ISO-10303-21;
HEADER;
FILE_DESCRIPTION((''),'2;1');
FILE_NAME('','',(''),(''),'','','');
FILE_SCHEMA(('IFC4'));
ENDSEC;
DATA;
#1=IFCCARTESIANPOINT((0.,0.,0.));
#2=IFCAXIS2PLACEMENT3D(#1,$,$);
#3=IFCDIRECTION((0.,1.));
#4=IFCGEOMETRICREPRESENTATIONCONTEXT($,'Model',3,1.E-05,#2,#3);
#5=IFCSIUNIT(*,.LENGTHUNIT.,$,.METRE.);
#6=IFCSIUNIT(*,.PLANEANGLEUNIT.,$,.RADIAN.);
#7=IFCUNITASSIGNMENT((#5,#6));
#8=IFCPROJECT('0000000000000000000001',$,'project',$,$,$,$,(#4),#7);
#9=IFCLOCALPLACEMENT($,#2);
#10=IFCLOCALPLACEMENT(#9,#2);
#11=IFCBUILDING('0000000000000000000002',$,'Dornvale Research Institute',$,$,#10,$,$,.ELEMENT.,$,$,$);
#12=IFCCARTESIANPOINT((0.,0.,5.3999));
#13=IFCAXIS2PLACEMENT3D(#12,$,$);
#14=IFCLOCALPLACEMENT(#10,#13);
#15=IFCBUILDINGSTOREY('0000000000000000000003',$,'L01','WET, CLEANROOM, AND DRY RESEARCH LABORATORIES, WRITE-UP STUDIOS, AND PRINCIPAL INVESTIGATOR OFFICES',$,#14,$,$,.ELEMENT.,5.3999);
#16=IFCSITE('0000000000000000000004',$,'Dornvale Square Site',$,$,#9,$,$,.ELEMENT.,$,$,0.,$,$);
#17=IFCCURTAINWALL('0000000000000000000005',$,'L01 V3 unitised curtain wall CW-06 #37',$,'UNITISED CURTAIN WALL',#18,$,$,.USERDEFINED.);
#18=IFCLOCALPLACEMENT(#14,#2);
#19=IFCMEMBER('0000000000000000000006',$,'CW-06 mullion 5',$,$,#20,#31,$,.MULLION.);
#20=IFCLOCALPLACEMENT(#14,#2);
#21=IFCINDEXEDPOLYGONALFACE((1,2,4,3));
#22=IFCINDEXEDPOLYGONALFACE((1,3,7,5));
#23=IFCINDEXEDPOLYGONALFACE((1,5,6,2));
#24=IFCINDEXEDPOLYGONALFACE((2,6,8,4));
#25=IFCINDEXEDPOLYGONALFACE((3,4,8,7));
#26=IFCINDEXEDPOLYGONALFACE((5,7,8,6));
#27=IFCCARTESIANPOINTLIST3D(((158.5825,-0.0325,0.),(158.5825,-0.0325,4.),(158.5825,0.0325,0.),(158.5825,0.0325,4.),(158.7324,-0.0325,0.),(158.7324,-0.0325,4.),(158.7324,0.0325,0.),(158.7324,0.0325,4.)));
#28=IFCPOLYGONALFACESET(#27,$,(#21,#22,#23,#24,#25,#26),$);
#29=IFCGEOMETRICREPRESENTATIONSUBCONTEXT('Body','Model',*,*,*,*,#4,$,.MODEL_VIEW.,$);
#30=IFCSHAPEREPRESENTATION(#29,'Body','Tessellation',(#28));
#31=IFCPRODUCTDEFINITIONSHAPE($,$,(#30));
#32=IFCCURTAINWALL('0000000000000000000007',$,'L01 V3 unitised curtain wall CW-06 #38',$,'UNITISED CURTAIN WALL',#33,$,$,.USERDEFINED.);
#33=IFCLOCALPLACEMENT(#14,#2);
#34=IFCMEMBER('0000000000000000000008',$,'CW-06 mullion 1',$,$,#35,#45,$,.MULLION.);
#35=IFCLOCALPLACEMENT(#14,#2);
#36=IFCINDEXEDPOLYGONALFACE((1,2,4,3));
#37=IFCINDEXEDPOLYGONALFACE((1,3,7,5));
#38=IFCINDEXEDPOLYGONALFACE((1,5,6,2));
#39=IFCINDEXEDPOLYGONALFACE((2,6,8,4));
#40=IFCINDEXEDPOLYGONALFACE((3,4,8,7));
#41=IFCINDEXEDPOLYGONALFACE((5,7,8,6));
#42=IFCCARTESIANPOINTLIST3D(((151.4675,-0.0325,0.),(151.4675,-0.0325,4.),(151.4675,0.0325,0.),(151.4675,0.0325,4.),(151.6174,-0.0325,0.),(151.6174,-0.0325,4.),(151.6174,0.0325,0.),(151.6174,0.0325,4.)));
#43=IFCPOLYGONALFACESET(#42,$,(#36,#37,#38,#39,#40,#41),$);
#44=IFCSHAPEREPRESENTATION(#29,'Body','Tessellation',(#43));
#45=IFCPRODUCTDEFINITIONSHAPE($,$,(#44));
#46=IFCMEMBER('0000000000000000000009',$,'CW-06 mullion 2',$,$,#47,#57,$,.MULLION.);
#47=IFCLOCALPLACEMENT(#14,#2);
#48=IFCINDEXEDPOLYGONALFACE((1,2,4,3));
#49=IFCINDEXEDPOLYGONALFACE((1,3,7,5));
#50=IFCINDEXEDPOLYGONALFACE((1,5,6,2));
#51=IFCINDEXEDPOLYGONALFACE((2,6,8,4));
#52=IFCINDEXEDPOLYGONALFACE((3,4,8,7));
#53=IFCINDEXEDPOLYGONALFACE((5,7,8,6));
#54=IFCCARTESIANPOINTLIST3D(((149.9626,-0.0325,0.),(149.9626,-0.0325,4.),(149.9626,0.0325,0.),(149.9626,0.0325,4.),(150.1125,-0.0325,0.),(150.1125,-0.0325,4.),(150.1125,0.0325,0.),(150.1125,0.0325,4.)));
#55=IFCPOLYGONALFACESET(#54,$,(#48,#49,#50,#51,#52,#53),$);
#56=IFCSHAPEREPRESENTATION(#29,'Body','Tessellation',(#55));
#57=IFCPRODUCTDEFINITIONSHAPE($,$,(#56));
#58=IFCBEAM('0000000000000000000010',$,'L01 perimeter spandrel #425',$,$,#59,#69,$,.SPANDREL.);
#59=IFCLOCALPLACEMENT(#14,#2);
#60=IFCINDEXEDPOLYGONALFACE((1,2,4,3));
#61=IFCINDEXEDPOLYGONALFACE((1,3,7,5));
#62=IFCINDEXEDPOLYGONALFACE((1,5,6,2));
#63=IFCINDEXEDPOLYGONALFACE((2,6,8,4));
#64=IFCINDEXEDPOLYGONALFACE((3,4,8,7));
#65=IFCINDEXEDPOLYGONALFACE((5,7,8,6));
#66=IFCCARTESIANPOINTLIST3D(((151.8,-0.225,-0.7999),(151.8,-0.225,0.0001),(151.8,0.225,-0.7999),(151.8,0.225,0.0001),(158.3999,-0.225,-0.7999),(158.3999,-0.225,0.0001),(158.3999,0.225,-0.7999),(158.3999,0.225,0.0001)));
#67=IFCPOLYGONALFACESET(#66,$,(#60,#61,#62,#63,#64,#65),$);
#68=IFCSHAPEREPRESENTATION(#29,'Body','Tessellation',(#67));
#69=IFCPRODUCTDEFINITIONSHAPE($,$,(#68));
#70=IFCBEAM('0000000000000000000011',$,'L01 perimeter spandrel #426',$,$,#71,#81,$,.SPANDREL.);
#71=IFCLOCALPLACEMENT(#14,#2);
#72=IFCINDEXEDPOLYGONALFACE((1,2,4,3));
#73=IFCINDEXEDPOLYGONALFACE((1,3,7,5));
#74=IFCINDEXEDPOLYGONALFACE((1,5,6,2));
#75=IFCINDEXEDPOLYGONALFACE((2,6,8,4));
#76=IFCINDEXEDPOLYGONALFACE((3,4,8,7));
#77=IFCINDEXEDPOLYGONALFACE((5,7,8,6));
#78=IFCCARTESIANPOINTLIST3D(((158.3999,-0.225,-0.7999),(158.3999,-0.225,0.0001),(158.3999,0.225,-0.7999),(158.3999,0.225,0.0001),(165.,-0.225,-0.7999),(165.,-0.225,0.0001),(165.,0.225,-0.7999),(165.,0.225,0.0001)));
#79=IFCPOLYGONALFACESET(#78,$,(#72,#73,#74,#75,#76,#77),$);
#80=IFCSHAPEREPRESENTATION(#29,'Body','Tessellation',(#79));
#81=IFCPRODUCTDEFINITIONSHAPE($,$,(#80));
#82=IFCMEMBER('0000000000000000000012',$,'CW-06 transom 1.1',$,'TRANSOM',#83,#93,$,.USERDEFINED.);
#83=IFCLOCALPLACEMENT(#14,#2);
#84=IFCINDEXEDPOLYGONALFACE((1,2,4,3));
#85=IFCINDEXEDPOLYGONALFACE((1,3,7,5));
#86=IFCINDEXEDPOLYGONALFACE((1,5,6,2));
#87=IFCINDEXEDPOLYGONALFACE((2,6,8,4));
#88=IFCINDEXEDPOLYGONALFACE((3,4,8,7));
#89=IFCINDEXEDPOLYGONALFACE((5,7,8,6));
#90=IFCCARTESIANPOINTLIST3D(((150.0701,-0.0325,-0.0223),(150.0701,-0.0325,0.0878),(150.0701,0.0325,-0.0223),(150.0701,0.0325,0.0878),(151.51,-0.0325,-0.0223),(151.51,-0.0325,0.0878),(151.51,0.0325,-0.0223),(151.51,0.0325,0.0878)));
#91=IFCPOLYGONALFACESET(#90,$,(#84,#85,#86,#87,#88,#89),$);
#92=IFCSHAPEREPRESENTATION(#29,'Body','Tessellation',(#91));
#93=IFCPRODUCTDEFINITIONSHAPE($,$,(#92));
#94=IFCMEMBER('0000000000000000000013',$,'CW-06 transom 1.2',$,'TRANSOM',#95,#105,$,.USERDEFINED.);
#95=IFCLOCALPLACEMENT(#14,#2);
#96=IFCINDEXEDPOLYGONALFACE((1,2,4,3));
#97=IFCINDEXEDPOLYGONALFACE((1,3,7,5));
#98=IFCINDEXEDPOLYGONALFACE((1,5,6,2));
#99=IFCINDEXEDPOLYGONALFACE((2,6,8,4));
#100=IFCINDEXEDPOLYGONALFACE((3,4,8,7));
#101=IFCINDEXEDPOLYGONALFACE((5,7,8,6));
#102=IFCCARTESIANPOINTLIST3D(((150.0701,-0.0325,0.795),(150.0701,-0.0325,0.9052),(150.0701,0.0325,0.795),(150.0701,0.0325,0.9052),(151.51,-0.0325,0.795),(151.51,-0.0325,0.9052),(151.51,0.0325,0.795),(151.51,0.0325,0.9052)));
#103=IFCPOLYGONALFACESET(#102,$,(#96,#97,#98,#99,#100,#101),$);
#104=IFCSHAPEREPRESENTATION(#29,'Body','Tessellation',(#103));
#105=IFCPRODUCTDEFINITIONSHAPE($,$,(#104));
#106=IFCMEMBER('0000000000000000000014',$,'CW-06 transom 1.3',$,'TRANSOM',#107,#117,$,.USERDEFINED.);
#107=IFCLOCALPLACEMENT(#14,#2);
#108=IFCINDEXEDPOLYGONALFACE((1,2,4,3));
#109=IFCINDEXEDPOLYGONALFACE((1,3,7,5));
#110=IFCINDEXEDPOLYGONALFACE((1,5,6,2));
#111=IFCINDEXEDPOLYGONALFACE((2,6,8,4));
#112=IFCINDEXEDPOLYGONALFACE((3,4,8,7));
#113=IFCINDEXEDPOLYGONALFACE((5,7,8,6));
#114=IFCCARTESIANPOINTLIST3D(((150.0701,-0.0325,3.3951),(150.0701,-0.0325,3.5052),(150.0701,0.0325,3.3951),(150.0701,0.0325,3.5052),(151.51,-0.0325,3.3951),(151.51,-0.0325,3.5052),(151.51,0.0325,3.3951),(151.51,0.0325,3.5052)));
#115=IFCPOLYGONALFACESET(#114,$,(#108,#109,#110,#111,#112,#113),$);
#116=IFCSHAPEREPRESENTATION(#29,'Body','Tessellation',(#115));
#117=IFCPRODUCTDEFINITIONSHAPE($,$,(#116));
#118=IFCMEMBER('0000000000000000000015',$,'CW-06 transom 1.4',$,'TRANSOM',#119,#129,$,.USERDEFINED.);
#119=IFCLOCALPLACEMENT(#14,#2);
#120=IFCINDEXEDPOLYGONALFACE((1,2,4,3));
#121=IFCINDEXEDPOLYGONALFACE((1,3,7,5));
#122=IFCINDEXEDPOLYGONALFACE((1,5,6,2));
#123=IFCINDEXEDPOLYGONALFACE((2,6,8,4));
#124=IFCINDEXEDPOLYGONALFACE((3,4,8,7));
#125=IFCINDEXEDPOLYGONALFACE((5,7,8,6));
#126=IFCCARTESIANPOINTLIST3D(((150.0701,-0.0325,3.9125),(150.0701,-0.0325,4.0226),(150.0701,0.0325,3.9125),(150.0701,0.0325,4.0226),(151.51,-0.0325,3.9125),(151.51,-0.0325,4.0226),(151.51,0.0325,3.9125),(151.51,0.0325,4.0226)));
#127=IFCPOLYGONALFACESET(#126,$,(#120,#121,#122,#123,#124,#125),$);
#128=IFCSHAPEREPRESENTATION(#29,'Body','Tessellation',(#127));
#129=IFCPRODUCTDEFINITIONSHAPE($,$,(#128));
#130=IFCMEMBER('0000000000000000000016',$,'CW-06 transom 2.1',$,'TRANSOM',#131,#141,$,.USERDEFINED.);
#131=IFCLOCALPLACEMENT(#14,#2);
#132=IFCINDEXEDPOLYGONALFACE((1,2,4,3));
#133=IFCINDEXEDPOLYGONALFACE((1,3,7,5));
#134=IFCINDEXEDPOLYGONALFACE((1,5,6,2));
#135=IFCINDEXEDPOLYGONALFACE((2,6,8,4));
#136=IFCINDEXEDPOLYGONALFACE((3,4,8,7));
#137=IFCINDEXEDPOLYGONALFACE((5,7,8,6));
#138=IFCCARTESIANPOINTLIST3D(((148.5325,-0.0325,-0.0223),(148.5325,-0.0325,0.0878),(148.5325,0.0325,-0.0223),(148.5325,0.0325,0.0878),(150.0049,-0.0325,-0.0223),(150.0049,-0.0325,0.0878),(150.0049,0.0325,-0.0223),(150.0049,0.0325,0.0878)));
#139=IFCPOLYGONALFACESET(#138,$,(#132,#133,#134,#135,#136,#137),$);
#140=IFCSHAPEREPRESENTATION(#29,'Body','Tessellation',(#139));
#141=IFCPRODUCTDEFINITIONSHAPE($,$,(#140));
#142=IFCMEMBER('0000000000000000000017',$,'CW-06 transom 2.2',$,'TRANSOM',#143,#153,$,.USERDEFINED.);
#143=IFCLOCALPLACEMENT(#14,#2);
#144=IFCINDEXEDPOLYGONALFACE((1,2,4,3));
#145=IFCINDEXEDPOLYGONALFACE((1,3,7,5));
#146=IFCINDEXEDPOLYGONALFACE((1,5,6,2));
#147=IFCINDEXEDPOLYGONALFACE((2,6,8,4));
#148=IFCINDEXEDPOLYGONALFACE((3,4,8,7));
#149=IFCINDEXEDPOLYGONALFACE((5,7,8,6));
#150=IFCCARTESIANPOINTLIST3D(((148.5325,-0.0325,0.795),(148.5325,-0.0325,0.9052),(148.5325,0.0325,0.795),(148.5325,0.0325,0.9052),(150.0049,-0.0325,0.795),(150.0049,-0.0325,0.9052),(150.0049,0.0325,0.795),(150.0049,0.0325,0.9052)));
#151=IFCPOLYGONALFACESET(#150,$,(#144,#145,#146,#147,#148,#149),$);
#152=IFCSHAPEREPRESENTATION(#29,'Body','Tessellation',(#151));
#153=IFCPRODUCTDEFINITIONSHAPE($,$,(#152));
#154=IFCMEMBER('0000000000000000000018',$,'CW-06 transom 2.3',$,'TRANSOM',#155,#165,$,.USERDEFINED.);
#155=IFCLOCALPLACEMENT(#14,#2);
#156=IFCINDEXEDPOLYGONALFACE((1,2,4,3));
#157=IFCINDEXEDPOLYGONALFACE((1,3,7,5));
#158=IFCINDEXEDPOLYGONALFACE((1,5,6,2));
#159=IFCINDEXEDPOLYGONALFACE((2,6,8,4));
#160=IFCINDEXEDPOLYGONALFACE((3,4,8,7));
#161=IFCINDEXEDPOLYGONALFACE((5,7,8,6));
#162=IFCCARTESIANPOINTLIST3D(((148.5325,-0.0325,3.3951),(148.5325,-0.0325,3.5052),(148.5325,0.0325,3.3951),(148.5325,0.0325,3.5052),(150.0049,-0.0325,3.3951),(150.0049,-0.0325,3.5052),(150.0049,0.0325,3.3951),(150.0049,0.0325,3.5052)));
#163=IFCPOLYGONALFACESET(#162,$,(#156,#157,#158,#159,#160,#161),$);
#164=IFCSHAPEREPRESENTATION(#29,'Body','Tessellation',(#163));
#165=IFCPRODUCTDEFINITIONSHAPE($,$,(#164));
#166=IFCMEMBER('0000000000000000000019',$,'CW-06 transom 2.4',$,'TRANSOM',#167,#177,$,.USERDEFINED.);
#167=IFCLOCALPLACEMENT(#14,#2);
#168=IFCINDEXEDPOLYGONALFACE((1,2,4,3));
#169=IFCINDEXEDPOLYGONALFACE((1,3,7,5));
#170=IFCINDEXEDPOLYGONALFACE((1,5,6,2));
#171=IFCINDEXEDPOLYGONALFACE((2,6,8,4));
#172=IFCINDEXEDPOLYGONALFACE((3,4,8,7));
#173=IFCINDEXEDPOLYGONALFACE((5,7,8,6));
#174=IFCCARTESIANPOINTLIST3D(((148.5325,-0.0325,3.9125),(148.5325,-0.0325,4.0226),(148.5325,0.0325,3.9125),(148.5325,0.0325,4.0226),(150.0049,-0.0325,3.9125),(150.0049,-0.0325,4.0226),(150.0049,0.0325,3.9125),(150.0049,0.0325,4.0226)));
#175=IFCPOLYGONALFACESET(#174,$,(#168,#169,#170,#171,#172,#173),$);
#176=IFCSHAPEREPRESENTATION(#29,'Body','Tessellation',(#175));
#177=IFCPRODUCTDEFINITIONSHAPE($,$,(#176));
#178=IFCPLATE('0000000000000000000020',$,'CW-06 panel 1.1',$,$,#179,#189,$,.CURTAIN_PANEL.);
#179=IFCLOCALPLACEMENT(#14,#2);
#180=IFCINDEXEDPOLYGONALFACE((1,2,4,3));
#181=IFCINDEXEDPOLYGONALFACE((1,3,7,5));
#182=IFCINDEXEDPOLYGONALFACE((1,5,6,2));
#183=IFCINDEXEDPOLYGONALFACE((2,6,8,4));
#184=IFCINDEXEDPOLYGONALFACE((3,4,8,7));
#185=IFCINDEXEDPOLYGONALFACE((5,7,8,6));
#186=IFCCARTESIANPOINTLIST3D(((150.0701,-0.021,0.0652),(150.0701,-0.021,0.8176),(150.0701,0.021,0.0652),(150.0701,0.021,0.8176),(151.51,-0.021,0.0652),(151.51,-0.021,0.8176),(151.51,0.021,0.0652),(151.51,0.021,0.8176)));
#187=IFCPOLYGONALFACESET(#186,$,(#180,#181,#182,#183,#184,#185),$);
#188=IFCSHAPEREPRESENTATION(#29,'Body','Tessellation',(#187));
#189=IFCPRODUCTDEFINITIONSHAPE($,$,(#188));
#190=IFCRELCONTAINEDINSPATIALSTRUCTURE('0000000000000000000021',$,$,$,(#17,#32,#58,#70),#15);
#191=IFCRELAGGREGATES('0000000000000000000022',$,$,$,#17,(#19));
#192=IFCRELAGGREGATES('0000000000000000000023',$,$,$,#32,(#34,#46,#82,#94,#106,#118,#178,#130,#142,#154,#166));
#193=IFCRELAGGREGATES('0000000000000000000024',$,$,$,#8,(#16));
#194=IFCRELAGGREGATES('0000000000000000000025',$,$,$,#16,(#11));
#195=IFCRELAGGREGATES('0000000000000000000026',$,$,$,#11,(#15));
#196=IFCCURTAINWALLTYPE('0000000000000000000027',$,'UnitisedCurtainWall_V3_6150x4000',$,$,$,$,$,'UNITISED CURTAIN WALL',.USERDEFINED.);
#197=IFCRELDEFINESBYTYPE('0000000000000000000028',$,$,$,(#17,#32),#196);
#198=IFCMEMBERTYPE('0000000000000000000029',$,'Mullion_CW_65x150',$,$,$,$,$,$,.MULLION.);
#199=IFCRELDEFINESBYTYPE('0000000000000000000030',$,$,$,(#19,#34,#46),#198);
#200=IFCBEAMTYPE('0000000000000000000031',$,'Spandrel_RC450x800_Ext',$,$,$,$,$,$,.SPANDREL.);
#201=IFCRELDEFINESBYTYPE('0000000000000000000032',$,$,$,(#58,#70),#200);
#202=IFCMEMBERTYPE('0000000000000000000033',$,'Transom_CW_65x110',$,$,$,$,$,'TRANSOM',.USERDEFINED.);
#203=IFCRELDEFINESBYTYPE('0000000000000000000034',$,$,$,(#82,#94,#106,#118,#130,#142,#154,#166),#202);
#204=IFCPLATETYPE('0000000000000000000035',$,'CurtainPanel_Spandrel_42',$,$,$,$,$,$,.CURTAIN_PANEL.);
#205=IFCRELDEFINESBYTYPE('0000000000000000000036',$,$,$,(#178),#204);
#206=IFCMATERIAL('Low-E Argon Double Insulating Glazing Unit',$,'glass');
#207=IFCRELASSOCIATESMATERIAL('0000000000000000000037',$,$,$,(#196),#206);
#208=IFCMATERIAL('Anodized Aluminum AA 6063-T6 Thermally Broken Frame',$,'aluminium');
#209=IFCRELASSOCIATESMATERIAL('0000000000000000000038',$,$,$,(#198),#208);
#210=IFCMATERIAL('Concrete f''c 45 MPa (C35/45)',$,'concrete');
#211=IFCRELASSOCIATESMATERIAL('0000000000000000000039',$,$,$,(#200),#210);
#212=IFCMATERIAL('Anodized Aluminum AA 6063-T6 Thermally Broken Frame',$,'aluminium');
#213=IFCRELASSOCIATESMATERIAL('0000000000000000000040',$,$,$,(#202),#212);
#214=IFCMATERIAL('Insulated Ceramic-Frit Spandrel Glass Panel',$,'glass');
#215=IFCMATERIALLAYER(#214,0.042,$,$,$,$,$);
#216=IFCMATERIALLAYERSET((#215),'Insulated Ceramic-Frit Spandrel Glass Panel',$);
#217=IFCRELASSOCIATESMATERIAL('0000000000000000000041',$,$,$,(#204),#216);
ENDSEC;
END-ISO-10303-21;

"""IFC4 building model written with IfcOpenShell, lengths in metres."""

from ifc_helpers import new_model, si_unit, direction, frame, origin, origin_2d, place, context, subcontext, project, spatial, rectangle, extrude, material, layer, layer_set, material_profile, profile_set, type_object, element, aggregate, save


model = new_model("IFC4")

# Units and contexts
model_context = context("Model", 3, precision=1e-05, world=origin(), true_north=direction((0.0, 1.0)))
body_context = subcontext(model_context, "Body", "Model", "MODEL_VIEW")
ifc_project = project(units=[si_unit("LENGTHUNIT", "METRE"), si_unit("PLANEANGLEUNIT", "RADIAN")], contexts=[model_context])

# Site, building, storey
site_placement = place(None, origin())
site = spatial("IfcSite", under=ifc_project, at=site_placement, Name="Dornvale Square Site", CompositionType="ELEMENT", RefElevation=0.0)
building_placement = place(site_placement, origin())
building = spatial("IfcBuilding", under=site, at=building_placement, Name="Dornvale Research Institute", CompositionType="ELEMENT")
storey_placement = place(building_placement, frame((0.0, 0.0, 5.3999)))
storey = spatial("IfcBuildingStorey", under=building, at=storey_placement, Name="L01", Description="WET, CLEANROOM, AND DRY RESEARCH LABORATORIES, WRITE-UP STUDIOS, AND PRINCIPAL INVESTIGATOR OFFICES", CompositionType="ELEMENT", Elevation=5.3999)

# Curtain wall, member
ifc_material_1 = material(Name="Low-E Argon Double Insulating Glazing Unit", Category="glass")
curtain_wall_type = type_object("IfcCurtainWallType", Name="UnitisedCurtainWall_V3_6150x4000", ElementType="UNITISED CURTAIN WALL", PredefinedType="USERDEFINED", material=ifc_material_1)
curtain_wall_1_placement = place(storey_placement, origin())
curtain_wall_1 = element("IfcCurtainWall", 1, at=curtain_wall_1_placement, inside=storey, type_object=curtain_wall_type, Name="L01 V3 unitised curtain wall CW-06 #37", ObjectType="UNITISED CURTAIN WALL", PredefinedType="USERDEFINED")
ifc_material_2 = material(Name="Anodized Aluminum AA 6063-T6 Thermally Broken Frame", Category="aluminium")
ifc_material_profile_1 = material_profile(ifc_material_2, rectangle(XDim=0.0649, YDim=0.1499, at=origin_2d()), Name="ALU MULLION 65x150")
ifc_profile_set_1 = profile_set([ifc_material_profile_1], Name="Anodized Aluminum AA 6063-T6 Thermally Broken Frame")
member_type_1 = type_object("IfcMemberType", Name="Mullion_CW_65x150", PredefinedType="MULLION", material=ifc_profile_set_1)
member_1_placement = place(storey_placement, frame((158.6575, 0.0, 0.0), z_axis=(0.0, 0.0, 1.0), x_axis=(0.0, -1.0, 0.0)))
member_1 = element("IfcMember", 2, at=member_1_placement, type_object=member_type_1, Name="CW-06 mullion 5", PredefinedType="MULLION", context=body_context, shape_type="SweptSolid", body=[
    extrude(rectangle(XDim=0.0649, YDim=0.1499, at=origin_2d()), origin(), (0.0, 0.0, 1.0), 4.0),
])
aggregate(curtain_wall_1, [member_1])

# Curtain wall, members
curtain_wall_2_placement = place(storey_placement, origin())
curtain_wall_2 = element("IfcCurtainWall", 3, at=curtain_wall_2_placement, inside=storey, type_object=curtain_wall_type, Name="L01 V3 unitised curtain wall CW-06 #38", ObjectType="UNITISED CURTAIN WALL", PredefinedType="USERDEFINED")
member_2_placement = place(storey_placement, frame((151.5425, 0.0, 0.0), z_axis=(0.0, 0.0, 1.0), x_axis=(0.0, -1.0, 0.0)))
member_2 = element("IfcMember", 4, at=member_2_placement, type_object=member_type_1, Name="CW-06 mullion 1", PredefinedType="MULLION", context=body_context, shape_type="SweptSolid", body=[
    extrude(rectangle(XDim=0.0649, YDim=0.1499, at=origin_2d()), origin(), (0.0, 0.0, 1.0), 4.0),
])
member_3_placement = place(storey_placement, frame((150.0376, 0.0, 0.0), z_axis=(0.0, 0.0, 1.0), x_axis=(0.0, -1.0, 0.0)))
member_3 = element("IfcMember", 5, at=member_3_placement, type_object=member_type_1, Name="CW-06 mullion 2", PredefinedType="MULLION", context=body_context, shape_type="SweptSolid", body=[
    extrude(rectangle(XDim=0.0649, YDim=0.1499, at=origin_2d()), origin(), (0.0, 0.0, 1.0), 4.0),
])

# Beams
ifc_material_3 = material(Name="Concrete f'c 45 MPa (C35/45)", Category="concrete")
ifc_material_profile_2 = material_profile(ifc_material_3, rectangle(XDim=0.45, YDim=0.8, at=origin_2d()), Name="RC 450x800")
ifc_profile_set_2 = profile_set([ifc_material_profile_2], Name="Concrete f'c 45 MPa (C35/45)")
beam_type_1 = type_object("IfcBeamType", Name="Spandrel_RC450x800_Ext", PredefinedType="SPANDREL", material=ifc_profile_set_2)
beam_1_placement = place(storey_placement, frame((151.8, 0.0, -0.3999), z_axis=(1.0, 0.0, 0.0), x_axis=(0.0, 1.0, 0.0)))
element("IfcBeam", 6, at=beam_1_placement, inside=storey, type_object=beam_type_1, Name="L01 perimeter spandrel #425", PredefinedType="SPANDREL", context=body_context, shape_type="SweptSolid", body=[
    extrude(rectangle(XDim=0.45, YDim=0.8, at=origin_2d()), origin(), (0.0, 0.0, 1.0), 6.5999),
])
beam_2_placement = place(storey_placement, frame((158.3999, 0.0, -0.3999), z_axis=(1.0, 0.0, 0.0), x_axis=(0.0, 1.0, 0.0)))
element("IfcBeam", 7, at=beam_2_placement, inside=storey, type_object=beam_type_1, Name="L01 perimeter spandrel #426", PredefinedType="SPANDREL", context=body_context, shape_type="SweptSolid", body=[
    extrude(rectangle(XDim=0.45, YDim=0.8, at=origin_2d()), origin(), (0.0, 0.0, 1.0), 6.6001),
])

# Members
ifc_material_4 = material(Name="Anodized Aluminum AA 6063-T6 Thermally Broken Frame", Category="aluminium")
ifc_material_profile_3 = material_profile(ifc_material_4, rectangle(XDim=0.0649, YDim=0.1101, at=origin_2d()), Name="ALU TRANSOM 65x110")
ifc_profile_set_3 = profile_set([ifc_material_profile_3], Name="Anodized Aluminum AA 6063-T6 Thermally Broken Frame")
member_type_2 = type_object("IfcMemberType", Name="Transom_CW_65x110", ElementType="TRANSOM", PredefinedType="USERDEFINED", material=ifc_profile_set_3)
member_4_placement = place(storey_placement, frame((151.51, 0.0, 0.0327), z_axis=(-1.0, 0.0, 0.0), x_axis=(0.0, -1.0, 0.0)))
member_4 = element("IfcMember", 8, at=member_4_placement, type_object=member_type_2, Name="CW-06 transom 1.1", ObjectType="TRANSOM", PredefinedType="USERDEFINED", context=body_context, shape_type="SweptSolid", body=[
    extrude(rectangle(XDim=0.0649, YDim=0.1101, at=origin_2d()), origin(), (0.0, 0.0, 1.0), 1.4399),
])
member_5_placement = place(storey_placement, frame((151.51, 0.0, 0.8501), z_axis=(-1.0, 0.0, 0.0), x_axis=(0.0, -1.0, 0.0)))
member_5 = element("IfcMember", 9, at=member_5_placement, type_object=member_type_2, Name="CW-06 transom 1.2", ObjectType="TRANSOM", PredefinedType="USERDEFINED", context=body_context, shape_type="SweptSolid", body=[
    extrude(rectangle(XDim=0.0649, YDim=0.1101, at=origin_2d()), origin(), (0.0, 0.0, 1.0), 1.4399),
])
member_6_placement = place(storey_placement, frame((151.51, 0.0, 3.4502), z_axis=(-1.0, 0.0, 0.0), x_axis=(0.0, -1.0, 0.0)))
member_6 = element("IfcMember", 10, at=member_6_placement, type_object=member_type_2, Name="CW-06 transom 1.3", ObjectType="TRANSOM", PredefinedType="USERDEFINED", context=body_context, shape_type="SweptSolid", body=[
    extrude(rectangle(XDim=0.0649, YDim=0.1101, at=origin_2d()), origin(), (0.0, 0.0, 1.0), 1.4399),
])
member_7_placement = place(storey_placement, frame((151.51, 0.0, 3.9675), z_axis=(-1.0, 0.0, 0.0), x_axis=(0.0, -1.0, 0.0)))
member_7 = element("IfcMember", 11, at=member_7_placement, type_object=member_type_2, Name="CW-06 transom 1.4", ObjectType="TRANSOM", PredefinedType="USERDEFINED", context=body_context, shape_type="SweptSolid", body=[
    extrude(rectangle(XDim=0.0649, YDim=0.1101, at=origin_2d()), origin(), (0.0, 0.0, 1.0), 1.4399),
])
member_8_placement = place(storey_placement, frame((150.0049, 0.0, 0.0327), z_axis=(-1.0, 0.0, 0.0), x_axis=(0.0, -1.0, 0.0)))
member_8 = element("IfcMember", 12, at=member_8_placement, type_object=member_type_2, Name="CW-06 transom 2.1", ObjectType="TRANSOM", PredefinedType="USERDEFINED", context=body_context, shape_type="SweptSolid", body=[
    extrude(rectangle(XDim=0.0649, YDim=0.1101, at=origin_2d()), origin(), (0.0, 0.0, 1.0), 1.4724),
])
member_9_placement = place(storey_placement, frame((150.0049, 0.0, 0.8501), z_axis=(-1.0, 0.0, 0.0), x_axis=(0.0, -1.0, 0.0)))
member_9 = element("IfcMember", 13, at=member_9_placement, type_object=member_type_2, Name="CW-06 transom 2.2", ObjectType="TRANSOM", PredefinedType="USERDEFINED", context=body_context, shape_type="SweptSolid", body=[
    extrude(rectangle(XDim=0.0649, YDim=0.1101, at=origin_2d()), origin(), (0.0, 0.0, 1.0), 1.4724),
])
member_10_placement = place(storey_placement, frame((150.0049, 0.0, 3.4502), z_axis=(-1.0, 0.0, 0.0), x_axis=(0.0, -1.0, 0.0)))
member_10 = element("IfcMember", 14, at=member_10_placement, type_object=member_type_2, Name="CW-06 transom 2.3", ObjectType="TRANSOM", PredefinedType="USERDEFINED", context=body_context, shape_type="SweptSolid", body=[
    extrude(rectangle(XDim=0.0649, YDim=0.1101, at=origin_2d()), origin(), (0.0, 0.0, 1.0), 1.4724),
])
member_11_placement = place(storey_placement, frame((150.0049, 0.0, 3.9675), z_axis=(-1.0, 0.0, 0.0), x_axis=(0.0, -1.0, 0.0)))
member_11 = element("IfcMember", 15, at=member_11_placement, type_object=member_type_2, Name="CW-06 transom 2.4", ObjectType="TRANSOM", PredefinedType="USERDEFINED", context=body_context, shape_type="SweptSolid", body=[
    extrude(rectangle(XDim=0.0649, YDim=0.1101, at=origin_2d()), origin(), (0.0, 0.0, 1.0), 1.4724),
])

# Plate
ifc_material_5 = material(Name="Insulated Ceramic-Frit Spandrel Glass Panel", Category="glass")
ifc_layer_1 = layer(ifc_material_5, 0.042)
ifc_layer_set_1 = layer_set([ifc_layer_1], Name="Insulated Ceramic-Frit Spandrel Glass Panel")
plate_type_1 = type_object("IfcPlateType", Name="CurtainPanel_Spandrel_42", PredefinedType="CURTAIN_PANEL", material=ifc_layer_set_1)
plate_1_placement = place(storey_placement, frame((150.79, 0.0, 0.0652), z_axis=(0.0, 0.0, 1.0), x_axis=(-1.0, 0.0, 0.0)))
plate_1 = element("IfcPlate", 16, at=plate_1_placement, type_object=plate_type_1, Name="CW-06 panel 1.1", PredefinedType="CURTAIN_PANEL", context=body_context, shape_type="SweptSolid", body=[
    extrude(rectangle(XDim=1.4399, YDim=0.042, at=origin_2d()), origin(), (0.0, 0.0, 1.0), 0.7524),
])
aggregate(curtain_wall_2, [member_2, member_3, member_4, member_5, member_6, member_7, plate_1, member_8, member_9, member_10, member_11])

save(model, "model.ifc")
